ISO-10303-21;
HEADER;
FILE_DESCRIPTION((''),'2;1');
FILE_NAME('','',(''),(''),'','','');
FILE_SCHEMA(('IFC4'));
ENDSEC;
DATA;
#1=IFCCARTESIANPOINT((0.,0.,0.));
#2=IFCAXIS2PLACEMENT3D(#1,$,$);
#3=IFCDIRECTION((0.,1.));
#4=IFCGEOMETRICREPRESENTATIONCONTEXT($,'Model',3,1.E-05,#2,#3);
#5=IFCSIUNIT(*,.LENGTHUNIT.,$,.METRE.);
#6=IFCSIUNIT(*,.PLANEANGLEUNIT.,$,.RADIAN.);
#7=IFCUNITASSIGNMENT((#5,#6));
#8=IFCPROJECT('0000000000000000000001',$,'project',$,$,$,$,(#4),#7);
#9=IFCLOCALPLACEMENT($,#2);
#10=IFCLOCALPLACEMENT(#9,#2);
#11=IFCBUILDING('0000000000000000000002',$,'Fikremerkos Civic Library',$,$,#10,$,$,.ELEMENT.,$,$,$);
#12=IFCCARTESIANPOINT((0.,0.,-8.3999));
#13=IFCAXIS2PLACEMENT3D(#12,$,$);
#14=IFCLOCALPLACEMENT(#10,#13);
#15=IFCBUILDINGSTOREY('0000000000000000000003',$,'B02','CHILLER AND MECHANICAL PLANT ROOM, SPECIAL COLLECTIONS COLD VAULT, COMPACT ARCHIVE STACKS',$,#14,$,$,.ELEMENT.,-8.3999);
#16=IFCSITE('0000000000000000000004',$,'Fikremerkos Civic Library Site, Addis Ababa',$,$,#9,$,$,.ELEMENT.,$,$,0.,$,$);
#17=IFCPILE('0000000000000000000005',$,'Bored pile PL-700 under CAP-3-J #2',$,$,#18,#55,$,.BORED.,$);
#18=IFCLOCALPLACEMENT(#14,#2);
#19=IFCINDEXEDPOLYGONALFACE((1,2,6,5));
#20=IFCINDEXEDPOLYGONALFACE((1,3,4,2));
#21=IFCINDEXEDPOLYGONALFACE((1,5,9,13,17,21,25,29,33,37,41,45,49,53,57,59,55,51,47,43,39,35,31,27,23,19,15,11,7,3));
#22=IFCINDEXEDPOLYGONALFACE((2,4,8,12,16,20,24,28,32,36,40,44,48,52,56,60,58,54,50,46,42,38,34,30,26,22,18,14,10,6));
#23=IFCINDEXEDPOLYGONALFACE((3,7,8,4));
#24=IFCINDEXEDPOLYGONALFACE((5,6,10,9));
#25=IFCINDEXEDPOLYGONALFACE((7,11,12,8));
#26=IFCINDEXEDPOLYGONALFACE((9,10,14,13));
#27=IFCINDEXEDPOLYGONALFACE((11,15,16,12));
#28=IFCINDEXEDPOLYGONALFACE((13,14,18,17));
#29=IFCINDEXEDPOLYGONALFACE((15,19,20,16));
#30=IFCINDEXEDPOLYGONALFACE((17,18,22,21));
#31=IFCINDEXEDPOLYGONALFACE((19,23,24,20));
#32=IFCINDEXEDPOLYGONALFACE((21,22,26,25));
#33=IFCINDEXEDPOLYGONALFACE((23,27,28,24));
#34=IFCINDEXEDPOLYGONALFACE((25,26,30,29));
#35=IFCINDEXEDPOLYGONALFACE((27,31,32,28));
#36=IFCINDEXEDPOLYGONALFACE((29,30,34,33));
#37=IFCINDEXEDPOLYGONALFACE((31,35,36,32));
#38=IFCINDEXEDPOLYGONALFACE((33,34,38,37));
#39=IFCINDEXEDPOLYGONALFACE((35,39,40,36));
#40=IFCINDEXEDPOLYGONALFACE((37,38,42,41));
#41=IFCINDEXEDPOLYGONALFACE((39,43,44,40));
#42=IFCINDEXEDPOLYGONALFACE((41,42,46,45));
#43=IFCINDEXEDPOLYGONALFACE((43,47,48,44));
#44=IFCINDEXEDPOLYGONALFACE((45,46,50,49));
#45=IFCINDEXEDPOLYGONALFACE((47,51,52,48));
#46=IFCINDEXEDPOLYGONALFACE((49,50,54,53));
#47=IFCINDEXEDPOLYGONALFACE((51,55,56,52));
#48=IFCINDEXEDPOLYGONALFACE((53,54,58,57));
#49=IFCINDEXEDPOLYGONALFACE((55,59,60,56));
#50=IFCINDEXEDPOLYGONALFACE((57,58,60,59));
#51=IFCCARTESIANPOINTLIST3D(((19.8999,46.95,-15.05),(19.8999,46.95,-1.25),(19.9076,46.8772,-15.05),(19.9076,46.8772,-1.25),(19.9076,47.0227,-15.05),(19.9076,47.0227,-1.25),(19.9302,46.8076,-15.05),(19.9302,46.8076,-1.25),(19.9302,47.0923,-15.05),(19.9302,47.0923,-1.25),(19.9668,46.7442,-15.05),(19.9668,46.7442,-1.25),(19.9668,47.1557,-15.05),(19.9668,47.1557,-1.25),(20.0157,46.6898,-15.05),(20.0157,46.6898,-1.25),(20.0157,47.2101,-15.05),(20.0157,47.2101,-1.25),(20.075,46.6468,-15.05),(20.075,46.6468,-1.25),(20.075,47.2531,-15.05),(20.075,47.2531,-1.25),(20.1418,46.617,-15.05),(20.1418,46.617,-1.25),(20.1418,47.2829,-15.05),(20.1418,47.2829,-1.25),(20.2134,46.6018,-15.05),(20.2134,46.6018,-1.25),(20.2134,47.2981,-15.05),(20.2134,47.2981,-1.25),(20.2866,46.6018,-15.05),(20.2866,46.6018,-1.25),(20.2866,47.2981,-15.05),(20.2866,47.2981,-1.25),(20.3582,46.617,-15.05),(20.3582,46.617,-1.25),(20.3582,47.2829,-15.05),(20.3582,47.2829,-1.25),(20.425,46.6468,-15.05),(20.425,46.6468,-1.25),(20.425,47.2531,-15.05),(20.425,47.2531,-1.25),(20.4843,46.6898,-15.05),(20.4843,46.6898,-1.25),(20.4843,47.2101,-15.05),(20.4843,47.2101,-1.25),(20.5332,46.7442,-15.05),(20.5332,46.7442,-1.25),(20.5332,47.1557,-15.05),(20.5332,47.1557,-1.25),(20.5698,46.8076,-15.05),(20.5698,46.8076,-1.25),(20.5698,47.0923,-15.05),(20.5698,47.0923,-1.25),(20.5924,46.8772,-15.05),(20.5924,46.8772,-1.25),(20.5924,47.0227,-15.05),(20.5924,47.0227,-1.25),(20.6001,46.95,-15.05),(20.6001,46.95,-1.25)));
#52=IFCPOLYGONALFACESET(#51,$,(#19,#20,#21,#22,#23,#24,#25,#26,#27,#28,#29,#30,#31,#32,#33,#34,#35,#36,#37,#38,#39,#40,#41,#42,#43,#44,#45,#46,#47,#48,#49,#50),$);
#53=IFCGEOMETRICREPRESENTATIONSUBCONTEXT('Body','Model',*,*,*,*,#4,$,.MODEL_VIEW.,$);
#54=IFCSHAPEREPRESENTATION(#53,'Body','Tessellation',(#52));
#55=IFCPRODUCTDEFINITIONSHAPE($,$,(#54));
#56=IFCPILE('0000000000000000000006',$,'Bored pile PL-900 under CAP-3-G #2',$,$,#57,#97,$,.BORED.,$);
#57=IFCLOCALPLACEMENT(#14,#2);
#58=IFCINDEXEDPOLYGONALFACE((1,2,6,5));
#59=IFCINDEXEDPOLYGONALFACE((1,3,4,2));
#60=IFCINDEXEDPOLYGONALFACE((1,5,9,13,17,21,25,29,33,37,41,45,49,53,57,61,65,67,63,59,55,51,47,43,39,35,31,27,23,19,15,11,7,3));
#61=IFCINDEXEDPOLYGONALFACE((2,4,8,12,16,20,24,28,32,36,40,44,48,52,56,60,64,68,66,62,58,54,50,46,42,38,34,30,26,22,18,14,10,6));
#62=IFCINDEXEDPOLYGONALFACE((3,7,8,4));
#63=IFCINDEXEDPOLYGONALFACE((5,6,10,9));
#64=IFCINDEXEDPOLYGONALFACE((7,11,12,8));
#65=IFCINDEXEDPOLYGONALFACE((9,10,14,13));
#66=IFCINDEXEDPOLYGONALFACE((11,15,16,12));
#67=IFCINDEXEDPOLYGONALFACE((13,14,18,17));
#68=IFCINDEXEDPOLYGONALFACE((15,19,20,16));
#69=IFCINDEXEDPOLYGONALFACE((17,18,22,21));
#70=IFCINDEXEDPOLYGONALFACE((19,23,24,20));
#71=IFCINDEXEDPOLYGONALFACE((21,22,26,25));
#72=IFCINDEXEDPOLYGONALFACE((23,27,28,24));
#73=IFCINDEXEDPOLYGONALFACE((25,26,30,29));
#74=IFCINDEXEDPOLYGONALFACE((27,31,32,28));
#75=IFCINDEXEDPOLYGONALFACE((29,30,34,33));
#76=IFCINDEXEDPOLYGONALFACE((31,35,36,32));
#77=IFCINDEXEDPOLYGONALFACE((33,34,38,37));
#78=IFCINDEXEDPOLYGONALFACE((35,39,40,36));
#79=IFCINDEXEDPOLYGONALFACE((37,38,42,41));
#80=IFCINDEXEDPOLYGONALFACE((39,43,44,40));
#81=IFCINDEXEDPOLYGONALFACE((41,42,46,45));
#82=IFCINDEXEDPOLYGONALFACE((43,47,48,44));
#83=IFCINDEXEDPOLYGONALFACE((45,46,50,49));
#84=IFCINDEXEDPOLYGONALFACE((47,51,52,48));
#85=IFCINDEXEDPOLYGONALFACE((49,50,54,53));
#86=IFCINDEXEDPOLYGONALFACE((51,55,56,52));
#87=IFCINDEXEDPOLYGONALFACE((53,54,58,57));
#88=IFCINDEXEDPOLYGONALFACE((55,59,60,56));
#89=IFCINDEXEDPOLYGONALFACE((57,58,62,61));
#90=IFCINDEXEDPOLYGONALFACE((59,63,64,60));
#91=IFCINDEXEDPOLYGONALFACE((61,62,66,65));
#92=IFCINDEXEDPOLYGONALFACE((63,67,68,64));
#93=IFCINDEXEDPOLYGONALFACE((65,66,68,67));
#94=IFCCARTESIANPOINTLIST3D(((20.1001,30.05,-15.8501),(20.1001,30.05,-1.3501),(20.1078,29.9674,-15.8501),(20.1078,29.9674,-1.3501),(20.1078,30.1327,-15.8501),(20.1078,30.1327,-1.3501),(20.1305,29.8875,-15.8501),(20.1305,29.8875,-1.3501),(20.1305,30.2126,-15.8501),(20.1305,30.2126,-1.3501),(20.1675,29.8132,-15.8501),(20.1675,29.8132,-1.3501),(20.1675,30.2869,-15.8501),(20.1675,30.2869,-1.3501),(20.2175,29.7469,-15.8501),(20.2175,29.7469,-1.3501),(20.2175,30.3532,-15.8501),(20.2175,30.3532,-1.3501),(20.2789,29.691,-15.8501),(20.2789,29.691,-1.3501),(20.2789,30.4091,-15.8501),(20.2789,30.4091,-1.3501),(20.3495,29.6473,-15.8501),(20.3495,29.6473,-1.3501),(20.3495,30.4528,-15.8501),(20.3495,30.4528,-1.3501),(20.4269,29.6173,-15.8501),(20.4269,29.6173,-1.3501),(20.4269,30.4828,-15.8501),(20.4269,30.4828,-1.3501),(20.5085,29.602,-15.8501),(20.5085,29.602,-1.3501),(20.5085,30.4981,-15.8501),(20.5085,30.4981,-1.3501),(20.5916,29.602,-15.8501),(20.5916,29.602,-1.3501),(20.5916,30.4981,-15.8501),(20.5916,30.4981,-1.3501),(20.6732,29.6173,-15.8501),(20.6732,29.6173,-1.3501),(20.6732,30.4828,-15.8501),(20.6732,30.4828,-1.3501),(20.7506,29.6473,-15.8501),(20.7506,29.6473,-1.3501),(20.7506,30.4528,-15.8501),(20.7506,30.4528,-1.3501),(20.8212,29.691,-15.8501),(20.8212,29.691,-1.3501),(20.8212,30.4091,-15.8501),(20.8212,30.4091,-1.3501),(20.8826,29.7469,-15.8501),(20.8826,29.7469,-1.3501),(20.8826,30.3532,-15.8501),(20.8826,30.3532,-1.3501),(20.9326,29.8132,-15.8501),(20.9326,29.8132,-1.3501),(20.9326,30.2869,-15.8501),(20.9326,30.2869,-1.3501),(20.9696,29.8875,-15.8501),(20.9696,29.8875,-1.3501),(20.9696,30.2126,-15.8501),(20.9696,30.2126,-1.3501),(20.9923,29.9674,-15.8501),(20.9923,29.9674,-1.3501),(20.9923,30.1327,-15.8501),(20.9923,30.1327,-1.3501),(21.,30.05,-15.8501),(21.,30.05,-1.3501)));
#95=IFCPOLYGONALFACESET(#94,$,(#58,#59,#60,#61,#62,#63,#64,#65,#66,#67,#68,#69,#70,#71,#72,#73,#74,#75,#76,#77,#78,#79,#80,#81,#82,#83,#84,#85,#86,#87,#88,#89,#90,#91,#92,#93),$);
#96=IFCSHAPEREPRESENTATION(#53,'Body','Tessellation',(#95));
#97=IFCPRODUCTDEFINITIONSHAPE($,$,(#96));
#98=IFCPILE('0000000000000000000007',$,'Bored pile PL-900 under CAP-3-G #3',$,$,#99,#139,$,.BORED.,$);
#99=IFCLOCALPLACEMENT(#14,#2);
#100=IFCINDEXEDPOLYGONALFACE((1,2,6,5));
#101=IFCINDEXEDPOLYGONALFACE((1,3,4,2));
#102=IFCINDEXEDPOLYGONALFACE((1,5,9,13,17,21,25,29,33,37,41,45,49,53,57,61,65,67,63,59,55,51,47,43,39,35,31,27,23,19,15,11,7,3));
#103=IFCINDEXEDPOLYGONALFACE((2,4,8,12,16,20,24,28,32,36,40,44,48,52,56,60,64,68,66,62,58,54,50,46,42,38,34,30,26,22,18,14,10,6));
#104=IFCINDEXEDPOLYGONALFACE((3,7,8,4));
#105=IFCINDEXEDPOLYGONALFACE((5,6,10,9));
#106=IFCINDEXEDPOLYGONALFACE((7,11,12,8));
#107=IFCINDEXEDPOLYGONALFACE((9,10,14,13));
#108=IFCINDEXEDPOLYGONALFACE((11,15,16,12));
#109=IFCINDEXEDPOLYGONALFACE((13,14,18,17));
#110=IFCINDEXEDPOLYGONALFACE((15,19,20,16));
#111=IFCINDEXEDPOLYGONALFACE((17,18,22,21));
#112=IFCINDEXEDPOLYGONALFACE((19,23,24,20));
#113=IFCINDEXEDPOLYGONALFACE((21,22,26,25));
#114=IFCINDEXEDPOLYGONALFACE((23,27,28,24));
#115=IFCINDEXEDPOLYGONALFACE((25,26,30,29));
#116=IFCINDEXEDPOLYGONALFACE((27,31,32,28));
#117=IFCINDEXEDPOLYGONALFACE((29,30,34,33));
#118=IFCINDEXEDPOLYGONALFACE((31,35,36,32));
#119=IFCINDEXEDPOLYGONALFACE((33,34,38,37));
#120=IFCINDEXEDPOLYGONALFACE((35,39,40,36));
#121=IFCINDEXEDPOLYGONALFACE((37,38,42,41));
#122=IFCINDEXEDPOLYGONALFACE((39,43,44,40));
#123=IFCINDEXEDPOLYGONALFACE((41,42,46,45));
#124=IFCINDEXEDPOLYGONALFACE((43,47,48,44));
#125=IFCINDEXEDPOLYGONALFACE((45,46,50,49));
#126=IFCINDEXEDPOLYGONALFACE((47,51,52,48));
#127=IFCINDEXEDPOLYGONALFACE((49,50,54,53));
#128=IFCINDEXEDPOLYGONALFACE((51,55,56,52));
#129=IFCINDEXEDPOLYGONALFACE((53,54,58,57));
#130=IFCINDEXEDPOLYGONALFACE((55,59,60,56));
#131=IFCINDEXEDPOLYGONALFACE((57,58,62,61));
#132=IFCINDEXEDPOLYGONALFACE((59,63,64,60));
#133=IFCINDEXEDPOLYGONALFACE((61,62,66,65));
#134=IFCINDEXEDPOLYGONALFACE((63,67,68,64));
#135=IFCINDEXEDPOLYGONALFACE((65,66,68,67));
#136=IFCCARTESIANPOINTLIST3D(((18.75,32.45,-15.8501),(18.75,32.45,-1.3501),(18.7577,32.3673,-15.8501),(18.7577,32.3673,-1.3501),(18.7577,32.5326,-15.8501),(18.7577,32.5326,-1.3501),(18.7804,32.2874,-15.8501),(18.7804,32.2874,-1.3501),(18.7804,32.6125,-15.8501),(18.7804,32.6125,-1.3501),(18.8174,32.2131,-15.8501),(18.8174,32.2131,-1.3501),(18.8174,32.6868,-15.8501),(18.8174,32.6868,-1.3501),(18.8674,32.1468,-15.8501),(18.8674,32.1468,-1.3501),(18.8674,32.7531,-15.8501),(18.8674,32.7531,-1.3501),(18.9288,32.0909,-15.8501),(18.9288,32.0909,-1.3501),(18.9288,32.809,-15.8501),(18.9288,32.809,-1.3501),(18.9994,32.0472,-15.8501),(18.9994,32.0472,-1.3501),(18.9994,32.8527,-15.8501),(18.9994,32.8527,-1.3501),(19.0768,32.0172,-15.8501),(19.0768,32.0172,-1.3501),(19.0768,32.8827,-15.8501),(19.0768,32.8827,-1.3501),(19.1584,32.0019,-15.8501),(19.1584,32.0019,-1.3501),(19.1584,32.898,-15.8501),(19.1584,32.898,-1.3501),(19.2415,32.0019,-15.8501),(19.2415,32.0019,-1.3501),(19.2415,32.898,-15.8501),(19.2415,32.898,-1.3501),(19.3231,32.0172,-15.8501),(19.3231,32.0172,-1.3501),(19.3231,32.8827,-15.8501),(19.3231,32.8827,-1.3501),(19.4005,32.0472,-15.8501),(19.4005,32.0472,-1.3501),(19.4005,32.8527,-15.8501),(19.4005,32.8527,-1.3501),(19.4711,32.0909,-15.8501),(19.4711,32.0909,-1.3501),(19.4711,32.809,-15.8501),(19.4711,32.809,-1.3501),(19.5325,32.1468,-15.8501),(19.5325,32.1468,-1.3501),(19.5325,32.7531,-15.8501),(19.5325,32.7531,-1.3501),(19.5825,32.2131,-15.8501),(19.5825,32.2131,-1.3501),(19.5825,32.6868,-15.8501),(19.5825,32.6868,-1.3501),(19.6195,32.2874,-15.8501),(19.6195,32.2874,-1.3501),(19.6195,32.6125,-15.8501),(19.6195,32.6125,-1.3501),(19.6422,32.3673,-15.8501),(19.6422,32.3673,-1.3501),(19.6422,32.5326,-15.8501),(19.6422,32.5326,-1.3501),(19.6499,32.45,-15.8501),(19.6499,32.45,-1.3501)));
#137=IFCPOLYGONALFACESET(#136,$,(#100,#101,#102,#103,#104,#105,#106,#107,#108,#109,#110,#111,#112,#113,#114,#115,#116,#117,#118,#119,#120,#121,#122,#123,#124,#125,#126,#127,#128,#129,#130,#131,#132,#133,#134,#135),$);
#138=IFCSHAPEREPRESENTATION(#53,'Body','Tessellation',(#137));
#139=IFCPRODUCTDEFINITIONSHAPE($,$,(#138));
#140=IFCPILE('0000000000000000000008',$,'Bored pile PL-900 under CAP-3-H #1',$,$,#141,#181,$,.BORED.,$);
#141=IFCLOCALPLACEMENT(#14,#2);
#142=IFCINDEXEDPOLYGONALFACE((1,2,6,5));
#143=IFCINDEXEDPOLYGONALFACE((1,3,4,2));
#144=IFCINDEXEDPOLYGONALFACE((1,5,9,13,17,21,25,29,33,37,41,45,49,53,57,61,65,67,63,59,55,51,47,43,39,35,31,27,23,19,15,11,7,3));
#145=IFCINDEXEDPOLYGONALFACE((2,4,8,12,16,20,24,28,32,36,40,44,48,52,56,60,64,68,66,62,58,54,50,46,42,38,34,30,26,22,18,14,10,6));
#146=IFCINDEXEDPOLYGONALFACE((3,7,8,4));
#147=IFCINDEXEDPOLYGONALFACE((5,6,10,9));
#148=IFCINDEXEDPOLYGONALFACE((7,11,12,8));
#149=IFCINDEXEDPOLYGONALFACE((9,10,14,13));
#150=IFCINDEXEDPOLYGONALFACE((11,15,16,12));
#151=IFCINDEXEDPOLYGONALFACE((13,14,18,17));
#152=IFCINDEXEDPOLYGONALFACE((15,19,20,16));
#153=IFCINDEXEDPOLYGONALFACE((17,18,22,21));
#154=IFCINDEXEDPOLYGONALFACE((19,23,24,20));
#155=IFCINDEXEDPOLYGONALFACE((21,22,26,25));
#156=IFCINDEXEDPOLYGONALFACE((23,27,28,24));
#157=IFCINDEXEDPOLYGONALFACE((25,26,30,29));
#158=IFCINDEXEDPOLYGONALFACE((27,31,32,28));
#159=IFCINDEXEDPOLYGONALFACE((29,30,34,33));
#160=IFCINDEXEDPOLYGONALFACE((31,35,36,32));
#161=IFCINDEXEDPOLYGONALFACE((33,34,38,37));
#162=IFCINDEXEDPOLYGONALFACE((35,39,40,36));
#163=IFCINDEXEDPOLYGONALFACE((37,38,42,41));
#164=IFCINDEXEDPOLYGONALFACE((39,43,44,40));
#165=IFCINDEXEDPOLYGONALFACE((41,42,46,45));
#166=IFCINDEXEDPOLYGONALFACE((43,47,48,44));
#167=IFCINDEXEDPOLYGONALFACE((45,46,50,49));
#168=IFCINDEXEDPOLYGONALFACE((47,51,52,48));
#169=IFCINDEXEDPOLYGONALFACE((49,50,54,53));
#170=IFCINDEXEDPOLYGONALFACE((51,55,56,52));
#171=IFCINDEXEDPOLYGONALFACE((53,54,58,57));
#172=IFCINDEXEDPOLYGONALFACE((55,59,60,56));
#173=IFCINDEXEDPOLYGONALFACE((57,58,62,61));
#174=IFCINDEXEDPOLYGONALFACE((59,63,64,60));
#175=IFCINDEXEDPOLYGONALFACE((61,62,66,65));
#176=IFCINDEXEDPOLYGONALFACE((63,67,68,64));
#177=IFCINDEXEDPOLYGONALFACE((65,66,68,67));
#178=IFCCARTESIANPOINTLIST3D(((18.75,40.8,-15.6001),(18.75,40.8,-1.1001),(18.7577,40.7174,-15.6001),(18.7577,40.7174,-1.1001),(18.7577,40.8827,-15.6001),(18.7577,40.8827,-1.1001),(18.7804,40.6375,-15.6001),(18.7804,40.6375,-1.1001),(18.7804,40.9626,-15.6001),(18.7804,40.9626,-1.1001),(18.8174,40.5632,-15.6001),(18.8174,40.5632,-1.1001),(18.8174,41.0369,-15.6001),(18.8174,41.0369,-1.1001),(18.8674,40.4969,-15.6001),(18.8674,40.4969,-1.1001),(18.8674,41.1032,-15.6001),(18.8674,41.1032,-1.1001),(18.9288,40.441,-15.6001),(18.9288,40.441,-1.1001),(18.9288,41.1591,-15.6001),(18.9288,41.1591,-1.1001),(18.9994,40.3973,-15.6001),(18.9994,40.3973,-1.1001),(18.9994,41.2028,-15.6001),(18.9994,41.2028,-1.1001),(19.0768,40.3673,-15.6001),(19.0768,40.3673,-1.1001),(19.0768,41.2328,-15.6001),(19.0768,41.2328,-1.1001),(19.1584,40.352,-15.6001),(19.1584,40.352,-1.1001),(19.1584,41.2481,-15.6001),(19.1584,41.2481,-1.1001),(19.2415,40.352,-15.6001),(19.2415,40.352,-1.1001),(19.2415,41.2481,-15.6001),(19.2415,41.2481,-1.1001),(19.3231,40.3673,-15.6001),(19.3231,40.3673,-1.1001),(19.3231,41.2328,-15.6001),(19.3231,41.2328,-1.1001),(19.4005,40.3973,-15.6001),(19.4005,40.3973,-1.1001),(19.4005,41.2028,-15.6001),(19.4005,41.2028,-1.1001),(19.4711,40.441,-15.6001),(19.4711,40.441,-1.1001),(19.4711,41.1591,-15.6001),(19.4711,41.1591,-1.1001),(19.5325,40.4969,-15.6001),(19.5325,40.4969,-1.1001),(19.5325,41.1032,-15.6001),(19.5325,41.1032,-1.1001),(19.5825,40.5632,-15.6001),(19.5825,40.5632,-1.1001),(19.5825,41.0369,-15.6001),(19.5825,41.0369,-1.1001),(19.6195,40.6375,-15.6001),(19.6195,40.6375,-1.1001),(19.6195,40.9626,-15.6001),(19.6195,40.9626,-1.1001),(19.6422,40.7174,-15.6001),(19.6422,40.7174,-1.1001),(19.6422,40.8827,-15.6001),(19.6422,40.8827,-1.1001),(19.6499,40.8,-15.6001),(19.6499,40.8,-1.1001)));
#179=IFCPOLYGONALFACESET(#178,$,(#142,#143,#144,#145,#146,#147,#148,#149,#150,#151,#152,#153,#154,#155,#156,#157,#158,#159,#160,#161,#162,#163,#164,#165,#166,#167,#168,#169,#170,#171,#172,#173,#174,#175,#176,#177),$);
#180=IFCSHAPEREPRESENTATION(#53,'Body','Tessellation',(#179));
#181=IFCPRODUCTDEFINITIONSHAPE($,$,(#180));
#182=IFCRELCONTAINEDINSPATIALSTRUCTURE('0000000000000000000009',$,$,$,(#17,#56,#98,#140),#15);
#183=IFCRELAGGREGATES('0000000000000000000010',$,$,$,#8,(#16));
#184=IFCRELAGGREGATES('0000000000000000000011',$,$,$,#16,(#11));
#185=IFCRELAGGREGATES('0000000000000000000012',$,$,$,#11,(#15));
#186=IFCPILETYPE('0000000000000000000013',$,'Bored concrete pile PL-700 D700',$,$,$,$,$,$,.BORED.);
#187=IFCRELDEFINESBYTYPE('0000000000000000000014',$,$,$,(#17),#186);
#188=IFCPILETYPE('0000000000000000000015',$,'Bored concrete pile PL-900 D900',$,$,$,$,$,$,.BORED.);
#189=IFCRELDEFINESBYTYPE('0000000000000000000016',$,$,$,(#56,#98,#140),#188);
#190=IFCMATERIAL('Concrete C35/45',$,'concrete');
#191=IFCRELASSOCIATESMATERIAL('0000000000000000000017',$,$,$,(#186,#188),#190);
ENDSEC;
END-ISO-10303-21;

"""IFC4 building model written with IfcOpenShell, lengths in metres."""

from ifc_helpers import new_model, si_unit, direction, frame, origin, origin_2d, place, context, subcontext, project, spatial, circle, extrude, material, material_profile, profile_set, type_object, element, save


model = new_model("IFC4")

# Units and contexts
model_context = context("Model", 3, precision=1e-05, world=origin(), true_north=direction((0.0, 1.0)))
body_context = subcontext(model_context, "Body", "Model", "MODEL_VIEW")
ifc_project = project(units=[si_unit("LENGTHUNIT", "METRE"), si_unit("PLANEANGLEUNIT", "RADIAN")], contexts=[model_context])

# Site, building, storey
site_placement = place(None, origin())
site = spatial("IfcSite", under=ifc_project, at=site_placement, Name="Fikremerkos Civic Library Site, Addis Ababa", CompositionType="ELEMENT", RefElevation=0.0)
building_placement = place(site_placement, origin())
building = spatial("IfcBuilding", under=site, at=building_placement, Name="Fikremerkos Civic Library", CompositionType="ELEMENT")
storey_placement = place(building_placement, frame((0.0, 0.0, -8.3999)))
storey = spatial("IfcBuildingStorey", under=building, at=storey_placement, Name="B02", Description="CHILLER AND MECHANICAL PLANT ROOM, SPECIAL COLLECTIONS COLD VAULT, COMPACT ARCHIVE STACKS", CompositionType="ELEMENT", Elevation=-8.3999)

# Piles
ifc_material_1 = material(Name="Concrete C35/45", Category="concrete")
ifc_material_profile_1 = material_profile(ifc_material_1, circle(Radius=0.3501, at=origin_2d()), Name="BORED PILE 700")
ifc_profile_set_1 = profile_set([ifc_material_profile_1], Name="Concrete C35/45")
pile_type_1 = type_object("IfcPileType", Name="Bored concrete pile PL-700 D700", PredefinedType="BORED", material=ifc_profile_set_1)
pile_placement = place(storey_placement, frame((20.25, 46.95, -1.25), z_axis=(0.0, 0.0, -1.0), x_axis=(1.0, 0.0, 0.0)))
element("IfcPile", 1, at=pile_placement, inside=storey, type_object=pile_type_1, Name="Bored pile PL-700 under CAP-3-J #2", PredefinedType="BORED", context=body_context, shape_type="SweptSolid", body=[
    extrude(circle(Radius=0.3501, at=origin_2d()), origin(), (0.0, 0.0, 1.0), 13.8),
])
ifc_material_profile_2 = material_profile(ifc_material_1, circle(Radius=0.45, at=origin_2d()), Name="BORED PILE 900")
ifc_profile_set_2 = profile_set([ifc_material_profile_2], Name="Concrete C35/45")
pile_type_2 = type_object("IfcPileType", Name="Bored concrete pile PL-900 D900", PredefinedType="BORED", material=ifc_profile_set_2)
for number, where, z_axis, x_axis, name in (
    (2, (20.55, 30.05, -1.3501), (0.0, 0.0, -1.0), (1.0, 0.0, 0.0), "Bored pile PL-900 under CAP-3-G #2"),
    (3, (19.2, 32.45, -1.3501), (0.0, 0.0, -1.0), (1.0, 0.0, 0.0), "Bored pile PL-900 under CAP-3-G #3"),
    (4, (19.2, 40.8, -1.1001), (0.0, 0.0, -1.0), (1.0, 0.0, 0.0), "Bored pile PL-900 under CAP-3-H #1"),
):
    element("IfcPile", number, at=place(storey_placement, frame(where, z_axis=z_axis, x_axis=x_axis)), inside=storey, type_object=pile_type_2, Name=name, PredefinedType="BORED", context=body_context, shape_type="SweptSolid", body=[
        extrude(circle(Radius=0.45, at=origin_2d()), origin(), (0.0, 0.0, 1.0), 14.5),
    ])

save(model, "model.ifc")
